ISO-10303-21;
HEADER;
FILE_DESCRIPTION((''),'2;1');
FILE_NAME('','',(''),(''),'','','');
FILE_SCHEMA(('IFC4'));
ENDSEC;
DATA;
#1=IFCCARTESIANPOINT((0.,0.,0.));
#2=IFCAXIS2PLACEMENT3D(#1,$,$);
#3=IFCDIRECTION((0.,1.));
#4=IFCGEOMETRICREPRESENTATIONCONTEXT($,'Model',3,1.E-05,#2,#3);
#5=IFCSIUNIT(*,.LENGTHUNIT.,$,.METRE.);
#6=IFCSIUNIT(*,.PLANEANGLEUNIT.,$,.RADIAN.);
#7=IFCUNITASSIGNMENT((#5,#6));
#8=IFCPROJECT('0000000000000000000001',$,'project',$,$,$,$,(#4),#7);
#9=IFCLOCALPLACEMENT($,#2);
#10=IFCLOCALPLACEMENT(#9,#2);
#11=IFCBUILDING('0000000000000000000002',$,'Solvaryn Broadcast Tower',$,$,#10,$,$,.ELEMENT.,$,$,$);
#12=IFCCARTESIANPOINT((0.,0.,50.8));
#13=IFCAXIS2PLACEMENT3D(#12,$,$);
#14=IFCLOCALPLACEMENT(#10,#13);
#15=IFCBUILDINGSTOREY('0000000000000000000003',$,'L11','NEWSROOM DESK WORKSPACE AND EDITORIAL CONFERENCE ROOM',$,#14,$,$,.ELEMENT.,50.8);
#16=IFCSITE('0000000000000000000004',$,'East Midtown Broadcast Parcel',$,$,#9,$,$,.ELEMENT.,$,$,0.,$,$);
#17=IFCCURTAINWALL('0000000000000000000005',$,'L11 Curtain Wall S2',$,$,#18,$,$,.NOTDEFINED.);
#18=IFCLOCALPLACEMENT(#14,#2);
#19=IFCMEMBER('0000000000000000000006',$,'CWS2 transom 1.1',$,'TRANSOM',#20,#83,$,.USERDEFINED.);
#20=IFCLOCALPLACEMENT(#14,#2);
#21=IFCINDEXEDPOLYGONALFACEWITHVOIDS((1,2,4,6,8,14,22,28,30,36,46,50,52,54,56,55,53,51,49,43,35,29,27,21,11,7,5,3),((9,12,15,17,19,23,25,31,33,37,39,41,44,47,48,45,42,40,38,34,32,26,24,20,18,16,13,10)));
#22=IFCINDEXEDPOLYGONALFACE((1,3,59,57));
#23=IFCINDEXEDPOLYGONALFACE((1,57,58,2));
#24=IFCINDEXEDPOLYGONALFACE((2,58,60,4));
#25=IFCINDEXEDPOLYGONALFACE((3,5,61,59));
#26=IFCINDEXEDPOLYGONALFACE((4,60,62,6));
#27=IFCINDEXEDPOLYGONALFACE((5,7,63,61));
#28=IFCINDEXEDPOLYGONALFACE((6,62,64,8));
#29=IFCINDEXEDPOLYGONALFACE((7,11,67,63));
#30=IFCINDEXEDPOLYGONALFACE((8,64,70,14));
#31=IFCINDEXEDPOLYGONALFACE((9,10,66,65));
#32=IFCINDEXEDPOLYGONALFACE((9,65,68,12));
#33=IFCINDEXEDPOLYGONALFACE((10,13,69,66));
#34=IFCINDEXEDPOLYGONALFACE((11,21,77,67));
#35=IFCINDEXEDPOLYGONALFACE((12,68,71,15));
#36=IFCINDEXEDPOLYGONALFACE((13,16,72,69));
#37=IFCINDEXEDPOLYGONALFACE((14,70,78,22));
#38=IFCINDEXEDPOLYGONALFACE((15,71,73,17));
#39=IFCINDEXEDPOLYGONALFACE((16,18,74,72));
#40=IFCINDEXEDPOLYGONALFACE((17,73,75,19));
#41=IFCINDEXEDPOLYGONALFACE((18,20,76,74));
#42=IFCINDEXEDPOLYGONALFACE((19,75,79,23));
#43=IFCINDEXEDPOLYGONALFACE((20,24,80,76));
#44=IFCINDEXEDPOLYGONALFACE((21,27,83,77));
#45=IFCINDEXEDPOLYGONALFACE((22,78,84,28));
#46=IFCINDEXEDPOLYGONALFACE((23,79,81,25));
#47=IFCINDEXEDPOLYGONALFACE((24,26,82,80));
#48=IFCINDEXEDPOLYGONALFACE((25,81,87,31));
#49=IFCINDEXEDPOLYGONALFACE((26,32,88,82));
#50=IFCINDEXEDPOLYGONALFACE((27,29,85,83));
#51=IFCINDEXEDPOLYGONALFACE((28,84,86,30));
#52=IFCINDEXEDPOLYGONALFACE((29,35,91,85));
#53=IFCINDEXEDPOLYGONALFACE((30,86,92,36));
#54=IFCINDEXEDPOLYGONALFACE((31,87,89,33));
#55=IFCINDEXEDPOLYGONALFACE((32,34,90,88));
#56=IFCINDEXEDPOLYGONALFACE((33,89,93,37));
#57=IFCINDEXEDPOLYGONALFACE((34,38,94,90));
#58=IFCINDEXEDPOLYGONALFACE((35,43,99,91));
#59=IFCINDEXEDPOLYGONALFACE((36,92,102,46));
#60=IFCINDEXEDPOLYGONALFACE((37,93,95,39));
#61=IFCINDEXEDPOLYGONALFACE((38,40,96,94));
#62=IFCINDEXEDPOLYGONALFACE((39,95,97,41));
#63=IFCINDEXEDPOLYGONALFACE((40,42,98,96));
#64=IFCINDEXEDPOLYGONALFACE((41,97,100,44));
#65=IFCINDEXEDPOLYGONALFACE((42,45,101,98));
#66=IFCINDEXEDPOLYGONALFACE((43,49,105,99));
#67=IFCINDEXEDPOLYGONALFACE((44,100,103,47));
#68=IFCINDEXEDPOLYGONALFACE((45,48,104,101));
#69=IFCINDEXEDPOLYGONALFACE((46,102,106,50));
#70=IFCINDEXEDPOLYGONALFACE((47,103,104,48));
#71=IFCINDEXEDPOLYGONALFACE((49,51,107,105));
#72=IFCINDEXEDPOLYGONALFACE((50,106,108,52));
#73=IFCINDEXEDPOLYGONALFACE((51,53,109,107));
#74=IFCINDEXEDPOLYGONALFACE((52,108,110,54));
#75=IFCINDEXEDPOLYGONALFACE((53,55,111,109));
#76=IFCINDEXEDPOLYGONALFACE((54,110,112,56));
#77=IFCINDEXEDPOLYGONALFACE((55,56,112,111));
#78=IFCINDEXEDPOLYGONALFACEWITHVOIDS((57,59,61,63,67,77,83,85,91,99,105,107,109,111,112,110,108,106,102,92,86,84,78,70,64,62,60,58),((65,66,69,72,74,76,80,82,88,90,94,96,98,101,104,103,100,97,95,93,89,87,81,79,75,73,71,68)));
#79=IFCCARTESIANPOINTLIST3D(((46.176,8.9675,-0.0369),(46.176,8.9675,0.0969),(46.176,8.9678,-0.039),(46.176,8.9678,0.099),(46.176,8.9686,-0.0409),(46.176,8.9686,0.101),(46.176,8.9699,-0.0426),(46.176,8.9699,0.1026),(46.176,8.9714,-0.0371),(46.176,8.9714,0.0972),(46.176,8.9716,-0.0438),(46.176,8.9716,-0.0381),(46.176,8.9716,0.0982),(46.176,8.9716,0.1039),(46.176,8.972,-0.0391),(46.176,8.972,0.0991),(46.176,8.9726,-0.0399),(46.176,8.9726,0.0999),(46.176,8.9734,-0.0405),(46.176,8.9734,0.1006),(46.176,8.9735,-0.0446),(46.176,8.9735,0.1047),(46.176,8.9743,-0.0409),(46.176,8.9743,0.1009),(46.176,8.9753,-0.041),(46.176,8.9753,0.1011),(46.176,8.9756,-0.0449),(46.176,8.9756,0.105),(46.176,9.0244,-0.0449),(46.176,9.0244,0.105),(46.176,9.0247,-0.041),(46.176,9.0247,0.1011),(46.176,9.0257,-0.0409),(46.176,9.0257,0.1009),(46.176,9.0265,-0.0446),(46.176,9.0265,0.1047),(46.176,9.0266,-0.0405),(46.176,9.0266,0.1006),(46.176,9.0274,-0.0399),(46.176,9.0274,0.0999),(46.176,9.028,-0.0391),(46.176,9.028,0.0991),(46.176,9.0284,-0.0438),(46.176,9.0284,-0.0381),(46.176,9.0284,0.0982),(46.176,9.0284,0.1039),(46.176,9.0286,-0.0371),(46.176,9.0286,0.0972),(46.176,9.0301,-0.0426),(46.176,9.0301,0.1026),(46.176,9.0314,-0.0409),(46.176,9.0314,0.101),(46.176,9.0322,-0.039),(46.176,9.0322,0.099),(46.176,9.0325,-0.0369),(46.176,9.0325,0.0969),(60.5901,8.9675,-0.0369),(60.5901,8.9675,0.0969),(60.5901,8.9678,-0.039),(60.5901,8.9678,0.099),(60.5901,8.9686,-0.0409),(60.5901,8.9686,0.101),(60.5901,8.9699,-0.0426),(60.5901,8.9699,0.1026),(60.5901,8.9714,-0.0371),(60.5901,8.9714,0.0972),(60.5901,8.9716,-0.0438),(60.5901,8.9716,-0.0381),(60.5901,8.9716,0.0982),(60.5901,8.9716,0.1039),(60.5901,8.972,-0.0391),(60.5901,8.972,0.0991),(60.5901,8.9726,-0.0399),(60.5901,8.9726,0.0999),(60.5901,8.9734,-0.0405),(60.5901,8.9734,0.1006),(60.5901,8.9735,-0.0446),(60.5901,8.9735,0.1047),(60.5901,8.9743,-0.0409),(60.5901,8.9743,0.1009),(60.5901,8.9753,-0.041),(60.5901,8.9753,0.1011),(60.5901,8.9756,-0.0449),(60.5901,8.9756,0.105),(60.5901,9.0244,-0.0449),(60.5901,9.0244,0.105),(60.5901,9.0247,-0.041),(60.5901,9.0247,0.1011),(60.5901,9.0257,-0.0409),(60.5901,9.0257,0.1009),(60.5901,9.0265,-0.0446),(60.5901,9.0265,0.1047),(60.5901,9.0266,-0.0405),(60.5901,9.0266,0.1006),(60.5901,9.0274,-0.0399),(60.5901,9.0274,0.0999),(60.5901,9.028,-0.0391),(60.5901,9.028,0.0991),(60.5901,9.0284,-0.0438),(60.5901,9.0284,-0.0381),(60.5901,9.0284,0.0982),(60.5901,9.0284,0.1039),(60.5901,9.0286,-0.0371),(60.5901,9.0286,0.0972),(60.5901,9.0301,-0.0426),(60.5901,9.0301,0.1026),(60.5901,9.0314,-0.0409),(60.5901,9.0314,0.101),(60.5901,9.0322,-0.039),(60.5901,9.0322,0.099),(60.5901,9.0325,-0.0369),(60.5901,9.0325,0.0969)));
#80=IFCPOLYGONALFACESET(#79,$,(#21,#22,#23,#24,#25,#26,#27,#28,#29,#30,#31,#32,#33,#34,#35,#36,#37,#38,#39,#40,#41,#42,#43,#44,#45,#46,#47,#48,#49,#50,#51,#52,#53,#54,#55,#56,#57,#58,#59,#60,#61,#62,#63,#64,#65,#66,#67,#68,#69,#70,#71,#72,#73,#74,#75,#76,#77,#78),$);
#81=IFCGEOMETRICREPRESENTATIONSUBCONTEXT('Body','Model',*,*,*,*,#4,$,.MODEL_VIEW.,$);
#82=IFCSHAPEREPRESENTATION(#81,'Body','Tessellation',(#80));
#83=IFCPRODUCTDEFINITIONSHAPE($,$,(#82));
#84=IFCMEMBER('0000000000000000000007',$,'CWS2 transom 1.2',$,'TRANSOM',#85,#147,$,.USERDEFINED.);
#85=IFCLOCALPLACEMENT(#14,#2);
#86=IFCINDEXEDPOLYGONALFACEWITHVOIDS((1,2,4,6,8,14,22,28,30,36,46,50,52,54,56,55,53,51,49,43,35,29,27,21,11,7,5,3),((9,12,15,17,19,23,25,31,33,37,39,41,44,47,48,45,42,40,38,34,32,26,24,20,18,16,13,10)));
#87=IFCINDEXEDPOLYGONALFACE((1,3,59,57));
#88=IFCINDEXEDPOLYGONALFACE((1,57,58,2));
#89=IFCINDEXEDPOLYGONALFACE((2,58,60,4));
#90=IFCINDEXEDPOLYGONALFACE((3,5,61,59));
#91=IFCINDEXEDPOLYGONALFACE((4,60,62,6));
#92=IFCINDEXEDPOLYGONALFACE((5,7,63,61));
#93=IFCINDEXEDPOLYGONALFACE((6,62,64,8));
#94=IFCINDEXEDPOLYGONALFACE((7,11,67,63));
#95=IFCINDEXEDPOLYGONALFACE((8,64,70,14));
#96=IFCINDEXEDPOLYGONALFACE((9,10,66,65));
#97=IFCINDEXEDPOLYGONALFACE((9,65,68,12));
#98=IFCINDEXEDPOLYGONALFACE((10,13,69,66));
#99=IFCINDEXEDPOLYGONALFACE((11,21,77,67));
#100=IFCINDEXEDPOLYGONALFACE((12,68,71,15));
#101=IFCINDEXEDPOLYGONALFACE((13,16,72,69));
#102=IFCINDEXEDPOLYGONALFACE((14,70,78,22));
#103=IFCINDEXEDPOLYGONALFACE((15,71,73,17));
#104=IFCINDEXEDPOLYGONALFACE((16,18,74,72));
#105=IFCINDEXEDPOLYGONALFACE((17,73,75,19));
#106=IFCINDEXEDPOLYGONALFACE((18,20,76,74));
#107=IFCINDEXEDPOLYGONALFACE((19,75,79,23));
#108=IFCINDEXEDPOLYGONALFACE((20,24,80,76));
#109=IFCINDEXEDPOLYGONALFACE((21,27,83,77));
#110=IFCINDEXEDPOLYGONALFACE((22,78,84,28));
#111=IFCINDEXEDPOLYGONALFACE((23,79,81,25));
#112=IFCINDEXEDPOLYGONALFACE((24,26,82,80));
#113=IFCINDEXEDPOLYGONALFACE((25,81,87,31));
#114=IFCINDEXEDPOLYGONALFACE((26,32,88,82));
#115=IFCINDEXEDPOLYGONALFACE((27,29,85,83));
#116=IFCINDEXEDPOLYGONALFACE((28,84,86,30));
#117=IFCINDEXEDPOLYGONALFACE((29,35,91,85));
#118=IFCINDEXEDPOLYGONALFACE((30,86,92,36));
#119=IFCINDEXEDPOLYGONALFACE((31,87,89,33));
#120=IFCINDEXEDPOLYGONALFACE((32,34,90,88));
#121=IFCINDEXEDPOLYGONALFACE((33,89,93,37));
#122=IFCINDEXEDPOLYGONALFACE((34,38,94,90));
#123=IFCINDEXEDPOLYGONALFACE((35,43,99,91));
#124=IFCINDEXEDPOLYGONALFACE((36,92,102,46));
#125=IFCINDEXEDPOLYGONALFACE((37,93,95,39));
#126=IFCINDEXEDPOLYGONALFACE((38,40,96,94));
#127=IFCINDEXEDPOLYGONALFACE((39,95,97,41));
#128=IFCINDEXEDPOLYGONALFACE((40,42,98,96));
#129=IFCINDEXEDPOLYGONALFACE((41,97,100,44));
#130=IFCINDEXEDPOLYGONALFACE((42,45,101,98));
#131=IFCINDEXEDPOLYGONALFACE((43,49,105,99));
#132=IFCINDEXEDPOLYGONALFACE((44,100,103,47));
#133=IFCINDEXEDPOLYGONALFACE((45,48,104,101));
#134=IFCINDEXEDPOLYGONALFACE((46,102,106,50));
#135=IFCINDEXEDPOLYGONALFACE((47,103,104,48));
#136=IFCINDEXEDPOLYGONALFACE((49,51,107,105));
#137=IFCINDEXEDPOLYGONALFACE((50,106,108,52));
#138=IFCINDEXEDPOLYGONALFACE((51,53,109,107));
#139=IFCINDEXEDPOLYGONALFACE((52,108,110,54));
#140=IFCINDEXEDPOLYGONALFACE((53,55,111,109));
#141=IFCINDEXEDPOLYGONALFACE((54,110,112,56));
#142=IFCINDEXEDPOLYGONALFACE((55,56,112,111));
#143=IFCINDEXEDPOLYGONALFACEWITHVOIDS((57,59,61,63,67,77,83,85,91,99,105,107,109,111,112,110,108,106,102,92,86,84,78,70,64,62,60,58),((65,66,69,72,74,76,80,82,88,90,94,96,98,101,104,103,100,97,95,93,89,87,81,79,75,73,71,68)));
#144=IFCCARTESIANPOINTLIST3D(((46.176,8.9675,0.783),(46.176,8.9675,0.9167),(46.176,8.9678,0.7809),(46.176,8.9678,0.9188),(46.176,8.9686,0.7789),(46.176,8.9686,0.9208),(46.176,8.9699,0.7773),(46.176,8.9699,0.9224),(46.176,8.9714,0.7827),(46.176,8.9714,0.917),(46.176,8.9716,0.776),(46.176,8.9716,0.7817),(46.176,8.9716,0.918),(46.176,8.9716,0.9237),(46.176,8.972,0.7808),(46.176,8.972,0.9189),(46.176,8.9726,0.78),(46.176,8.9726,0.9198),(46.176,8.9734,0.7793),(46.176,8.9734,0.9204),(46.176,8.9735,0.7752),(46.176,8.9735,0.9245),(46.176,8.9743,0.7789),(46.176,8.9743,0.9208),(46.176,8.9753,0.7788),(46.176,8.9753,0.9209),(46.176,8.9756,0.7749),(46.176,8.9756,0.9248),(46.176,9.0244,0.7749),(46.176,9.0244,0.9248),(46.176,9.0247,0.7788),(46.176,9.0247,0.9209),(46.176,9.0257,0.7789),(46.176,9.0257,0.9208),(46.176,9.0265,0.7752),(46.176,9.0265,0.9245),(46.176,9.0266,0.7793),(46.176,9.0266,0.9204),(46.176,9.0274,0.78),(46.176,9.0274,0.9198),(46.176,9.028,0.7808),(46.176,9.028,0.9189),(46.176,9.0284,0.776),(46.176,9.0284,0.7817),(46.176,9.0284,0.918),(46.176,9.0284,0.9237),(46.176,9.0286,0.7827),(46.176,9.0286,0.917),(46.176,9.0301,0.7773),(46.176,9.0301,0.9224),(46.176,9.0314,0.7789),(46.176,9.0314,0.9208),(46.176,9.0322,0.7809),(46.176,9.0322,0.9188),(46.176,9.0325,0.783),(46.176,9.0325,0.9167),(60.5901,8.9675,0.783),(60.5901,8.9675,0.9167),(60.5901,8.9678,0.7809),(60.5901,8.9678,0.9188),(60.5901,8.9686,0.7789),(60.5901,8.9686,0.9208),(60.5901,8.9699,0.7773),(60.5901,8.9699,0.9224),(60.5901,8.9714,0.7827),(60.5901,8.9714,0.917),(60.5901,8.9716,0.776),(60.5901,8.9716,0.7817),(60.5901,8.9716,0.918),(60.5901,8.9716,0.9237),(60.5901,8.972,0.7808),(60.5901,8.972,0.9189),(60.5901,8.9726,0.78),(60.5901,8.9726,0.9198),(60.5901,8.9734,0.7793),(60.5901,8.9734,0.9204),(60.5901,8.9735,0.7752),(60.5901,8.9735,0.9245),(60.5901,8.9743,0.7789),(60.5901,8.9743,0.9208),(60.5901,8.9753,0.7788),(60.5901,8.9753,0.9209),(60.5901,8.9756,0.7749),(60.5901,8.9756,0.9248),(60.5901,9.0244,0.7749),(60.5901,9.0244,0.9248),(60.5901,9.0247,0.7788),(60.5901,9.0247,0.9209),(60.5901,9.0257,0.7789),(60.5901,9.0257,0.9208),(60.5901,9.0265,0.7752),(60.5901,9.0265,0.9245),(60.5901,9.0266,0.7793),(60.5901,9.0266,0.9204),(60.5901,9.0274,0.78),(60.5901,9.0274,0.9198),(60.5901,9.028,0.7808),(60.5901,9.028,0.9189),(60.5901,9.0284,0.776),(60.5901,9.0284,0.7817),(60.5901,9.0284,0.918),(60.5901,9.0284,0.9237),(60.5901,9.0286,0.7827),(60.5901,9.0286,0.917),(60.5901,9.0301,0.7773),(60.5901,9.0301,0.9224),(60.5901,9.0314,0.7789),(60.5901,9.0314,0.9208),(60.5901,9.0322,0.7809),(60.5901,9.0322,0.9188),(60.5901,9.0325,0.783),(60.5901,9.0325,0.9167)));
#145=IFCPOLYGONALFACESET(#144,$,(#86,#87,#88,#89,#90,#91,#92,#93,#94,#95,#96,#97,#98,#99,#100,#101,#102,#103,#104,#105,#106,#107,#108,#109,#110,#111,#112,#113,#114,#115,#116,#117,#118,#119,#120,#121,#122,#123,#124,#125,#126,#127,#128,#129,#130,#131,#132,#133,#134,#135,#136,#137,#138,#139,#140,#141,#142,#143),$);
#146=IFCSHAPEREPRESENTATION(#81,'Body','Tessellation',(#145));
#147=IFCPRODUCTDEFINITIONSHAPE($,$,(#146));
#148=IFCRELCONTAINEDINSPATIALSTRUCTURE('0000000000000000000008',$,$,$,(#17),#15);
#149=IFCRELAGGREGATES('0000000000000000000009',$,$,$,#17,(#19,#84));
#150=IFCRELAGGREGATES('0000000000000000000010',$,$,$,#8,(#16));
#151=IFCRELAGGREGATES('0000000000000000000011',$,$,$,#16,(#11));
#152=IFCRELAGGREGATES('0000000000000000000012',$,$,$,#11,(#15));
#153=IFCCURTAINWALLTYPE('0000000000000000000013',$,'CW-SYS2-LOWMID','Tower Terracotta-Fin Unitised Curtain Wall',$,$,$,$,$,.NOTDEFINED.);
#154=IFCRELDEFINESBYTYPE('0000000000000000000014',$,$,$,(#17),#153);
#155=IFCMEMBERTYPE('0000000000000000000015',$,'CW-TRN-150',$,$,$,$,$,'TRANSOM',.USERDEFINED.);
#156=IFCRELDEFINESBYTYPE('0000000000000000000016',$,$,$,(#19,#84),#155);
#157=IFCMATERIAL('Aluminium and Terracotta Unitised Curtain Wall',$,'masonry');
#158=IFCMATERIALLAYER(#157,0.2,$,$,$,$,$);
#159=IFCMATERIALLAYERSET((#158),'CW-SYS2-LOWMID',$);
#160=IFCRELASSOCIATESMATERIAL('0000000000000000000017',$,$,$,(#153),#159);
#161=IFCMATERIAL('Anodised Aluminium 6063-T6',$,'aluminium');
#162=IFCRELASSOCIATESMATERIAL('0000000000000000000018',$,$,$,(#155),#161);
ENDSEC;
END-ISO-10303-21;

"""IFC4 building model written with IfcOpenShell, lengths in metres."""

from ifc_helpers import new_model, si_unit, direction, frame, origin, origin_2d, place, context, subcontext, project, spatial, hollow_rectangle, extrude, material, layer, layer_set, material_profile, profile_set, type_object, element, aggregate, save


model = new_model("IFC4")

# Units and contexts
model_context = context("Model", 3, precision=1e-05, world=origin(), true_north=direction((0.0, 1.0)))
body_context = subcontext(model_context, "Body", "Model", "MODEL_VIEW")
ifc_project = project(units=[si_unit("LENGTHUNIT", "METRE"), si_unit("PLANEANGLEUNIT", "RADIAN")], contexts=[model_context])

# Site, building, storey
site_placement = place(None, origin())
site = spatial("IfcSite", under=ifc_project, at=site_placement, Name="East Midtown Broadcast Parcel", CompositionType="ELEMENT", RefElevation=0.0)
building_placement = place(site_placement, origin())
building = spatial("IfcBuilding", under=site, at=building_placement, Name="Solvaryn Broadcast Tower", CompositionType="ELEMENT")
storey_placement = place(building_placement, frame((0.0, 0.0, 50.8)))
storey = spatial("IfcBuildingStorey", under=building, at=storey_placement, Name="L11", Description="NEWSROOM DESK WORKSPACE AND EDITORIAL CONFERENCE ROOM", CompositionType="ELEMENT", Elevation=50.8)

# Shared definitions
ifc_material_1 = material(Name="Aluminium and Terracotta Unitised Curtain Wall", Category="masonry")
ifc_layer_1 = layer(ifc_material_1, 0.2)
ifc_layer_set_1 = layer_set([ifc_layer_1], Name="CW-SYS2-LOWMID")
curtain_wall_type = type_object("IfcCurtainWallType", Name="CW-SYS2-LOWMID", Description="Tower Terracotta-Fin Unitised Curtain Wall", PredefinedType="NOTDEFINED", material=ifc_layer_set_1)

# Curtain wall, members
curtain_wall_1_placement = place(storey_placement, origin())
curtain_wall_1 = element("IfcCurtainWall", 1, at=curtain_wall_1_placement, inside=storey, type_object=curtain_wall_type, Name="L11 Curtain Wall S2", PredefinedType="NOTDEFINED")
ifc_material_2 = material(Name="Anodised Aluminium 6063-T6", Category="aluminium")
ifc_material_profile_1 = material_profile(ifc_material_2, hollow_rectangle(XDim=0.0649, YDim=0.1499, WallThickness=0.0039, InnerFilletRadius=0.0039, OuterFilletRadius=0.0081, at=origin_2d()))
ifc_profile_set_1 = profile_set([ifc_material_profile_1], Name="Anodised Aluminium 6063-T6")
member_type_1 = type_object("IfcMemberType", Name="CW-TRN-150", ElementType="TRANSOM", PredefinedType="USERDEFINED", material=ifc_profile_set_1)
member_1_placement = place(storey_placement, frame((46.176, 9.0, 0.03), z_axis=(1.0, 0.0, 0.0), x_axis=(0.0, 1.0, 0.0)))
member_1 = element("IfcMember", 2, at=member_1_placement, type_object=member_type_1, Name="CWS2 transom 1.1", ObjectType="TRANSOM", PredefinedType="USERDEFINED", context=body_context, shape_type="SweptSolid", body=[
    extrude(hollow_rectangle(XDim=0.0649, YDim=0.1499, WallThickness=0.0039, InnerFilletRadius=0.0039, OuterFilletRadius=0.0081, at=origin_2d()), origin(), (0.0, 0.0, 1.0), 14.4141),
])
member_2_placement = place(storey_placement, frame((46.176, 9.0, 0.8499), z_axis=(1.0, 0.0, 0.0), x_axis=(0.0, 1.0, 0.0)))
member_2 = element("IfcMember", 3, at=member_2_placement, type_object=member_type_1, Name="CWS2 transom 1.2", ObjectType="TRANSOM", PredefinedType="USERDEFINED", context=body_context, shape_type="SweptSolid", body=[
    extrude(hollow_rectangle(XDim=0.0649, YDim=0.1499, WallThickness=0.0039, InnerFilletRadius=0.0039, OuterFilletRadius=0.0081, at=origin_2d()), origin(), (0.0, 0.0, 1.0), 14.4141),
])
aggregate(curtain_wall_1, [member_1, member_2])

save(model, "model.ifc")
